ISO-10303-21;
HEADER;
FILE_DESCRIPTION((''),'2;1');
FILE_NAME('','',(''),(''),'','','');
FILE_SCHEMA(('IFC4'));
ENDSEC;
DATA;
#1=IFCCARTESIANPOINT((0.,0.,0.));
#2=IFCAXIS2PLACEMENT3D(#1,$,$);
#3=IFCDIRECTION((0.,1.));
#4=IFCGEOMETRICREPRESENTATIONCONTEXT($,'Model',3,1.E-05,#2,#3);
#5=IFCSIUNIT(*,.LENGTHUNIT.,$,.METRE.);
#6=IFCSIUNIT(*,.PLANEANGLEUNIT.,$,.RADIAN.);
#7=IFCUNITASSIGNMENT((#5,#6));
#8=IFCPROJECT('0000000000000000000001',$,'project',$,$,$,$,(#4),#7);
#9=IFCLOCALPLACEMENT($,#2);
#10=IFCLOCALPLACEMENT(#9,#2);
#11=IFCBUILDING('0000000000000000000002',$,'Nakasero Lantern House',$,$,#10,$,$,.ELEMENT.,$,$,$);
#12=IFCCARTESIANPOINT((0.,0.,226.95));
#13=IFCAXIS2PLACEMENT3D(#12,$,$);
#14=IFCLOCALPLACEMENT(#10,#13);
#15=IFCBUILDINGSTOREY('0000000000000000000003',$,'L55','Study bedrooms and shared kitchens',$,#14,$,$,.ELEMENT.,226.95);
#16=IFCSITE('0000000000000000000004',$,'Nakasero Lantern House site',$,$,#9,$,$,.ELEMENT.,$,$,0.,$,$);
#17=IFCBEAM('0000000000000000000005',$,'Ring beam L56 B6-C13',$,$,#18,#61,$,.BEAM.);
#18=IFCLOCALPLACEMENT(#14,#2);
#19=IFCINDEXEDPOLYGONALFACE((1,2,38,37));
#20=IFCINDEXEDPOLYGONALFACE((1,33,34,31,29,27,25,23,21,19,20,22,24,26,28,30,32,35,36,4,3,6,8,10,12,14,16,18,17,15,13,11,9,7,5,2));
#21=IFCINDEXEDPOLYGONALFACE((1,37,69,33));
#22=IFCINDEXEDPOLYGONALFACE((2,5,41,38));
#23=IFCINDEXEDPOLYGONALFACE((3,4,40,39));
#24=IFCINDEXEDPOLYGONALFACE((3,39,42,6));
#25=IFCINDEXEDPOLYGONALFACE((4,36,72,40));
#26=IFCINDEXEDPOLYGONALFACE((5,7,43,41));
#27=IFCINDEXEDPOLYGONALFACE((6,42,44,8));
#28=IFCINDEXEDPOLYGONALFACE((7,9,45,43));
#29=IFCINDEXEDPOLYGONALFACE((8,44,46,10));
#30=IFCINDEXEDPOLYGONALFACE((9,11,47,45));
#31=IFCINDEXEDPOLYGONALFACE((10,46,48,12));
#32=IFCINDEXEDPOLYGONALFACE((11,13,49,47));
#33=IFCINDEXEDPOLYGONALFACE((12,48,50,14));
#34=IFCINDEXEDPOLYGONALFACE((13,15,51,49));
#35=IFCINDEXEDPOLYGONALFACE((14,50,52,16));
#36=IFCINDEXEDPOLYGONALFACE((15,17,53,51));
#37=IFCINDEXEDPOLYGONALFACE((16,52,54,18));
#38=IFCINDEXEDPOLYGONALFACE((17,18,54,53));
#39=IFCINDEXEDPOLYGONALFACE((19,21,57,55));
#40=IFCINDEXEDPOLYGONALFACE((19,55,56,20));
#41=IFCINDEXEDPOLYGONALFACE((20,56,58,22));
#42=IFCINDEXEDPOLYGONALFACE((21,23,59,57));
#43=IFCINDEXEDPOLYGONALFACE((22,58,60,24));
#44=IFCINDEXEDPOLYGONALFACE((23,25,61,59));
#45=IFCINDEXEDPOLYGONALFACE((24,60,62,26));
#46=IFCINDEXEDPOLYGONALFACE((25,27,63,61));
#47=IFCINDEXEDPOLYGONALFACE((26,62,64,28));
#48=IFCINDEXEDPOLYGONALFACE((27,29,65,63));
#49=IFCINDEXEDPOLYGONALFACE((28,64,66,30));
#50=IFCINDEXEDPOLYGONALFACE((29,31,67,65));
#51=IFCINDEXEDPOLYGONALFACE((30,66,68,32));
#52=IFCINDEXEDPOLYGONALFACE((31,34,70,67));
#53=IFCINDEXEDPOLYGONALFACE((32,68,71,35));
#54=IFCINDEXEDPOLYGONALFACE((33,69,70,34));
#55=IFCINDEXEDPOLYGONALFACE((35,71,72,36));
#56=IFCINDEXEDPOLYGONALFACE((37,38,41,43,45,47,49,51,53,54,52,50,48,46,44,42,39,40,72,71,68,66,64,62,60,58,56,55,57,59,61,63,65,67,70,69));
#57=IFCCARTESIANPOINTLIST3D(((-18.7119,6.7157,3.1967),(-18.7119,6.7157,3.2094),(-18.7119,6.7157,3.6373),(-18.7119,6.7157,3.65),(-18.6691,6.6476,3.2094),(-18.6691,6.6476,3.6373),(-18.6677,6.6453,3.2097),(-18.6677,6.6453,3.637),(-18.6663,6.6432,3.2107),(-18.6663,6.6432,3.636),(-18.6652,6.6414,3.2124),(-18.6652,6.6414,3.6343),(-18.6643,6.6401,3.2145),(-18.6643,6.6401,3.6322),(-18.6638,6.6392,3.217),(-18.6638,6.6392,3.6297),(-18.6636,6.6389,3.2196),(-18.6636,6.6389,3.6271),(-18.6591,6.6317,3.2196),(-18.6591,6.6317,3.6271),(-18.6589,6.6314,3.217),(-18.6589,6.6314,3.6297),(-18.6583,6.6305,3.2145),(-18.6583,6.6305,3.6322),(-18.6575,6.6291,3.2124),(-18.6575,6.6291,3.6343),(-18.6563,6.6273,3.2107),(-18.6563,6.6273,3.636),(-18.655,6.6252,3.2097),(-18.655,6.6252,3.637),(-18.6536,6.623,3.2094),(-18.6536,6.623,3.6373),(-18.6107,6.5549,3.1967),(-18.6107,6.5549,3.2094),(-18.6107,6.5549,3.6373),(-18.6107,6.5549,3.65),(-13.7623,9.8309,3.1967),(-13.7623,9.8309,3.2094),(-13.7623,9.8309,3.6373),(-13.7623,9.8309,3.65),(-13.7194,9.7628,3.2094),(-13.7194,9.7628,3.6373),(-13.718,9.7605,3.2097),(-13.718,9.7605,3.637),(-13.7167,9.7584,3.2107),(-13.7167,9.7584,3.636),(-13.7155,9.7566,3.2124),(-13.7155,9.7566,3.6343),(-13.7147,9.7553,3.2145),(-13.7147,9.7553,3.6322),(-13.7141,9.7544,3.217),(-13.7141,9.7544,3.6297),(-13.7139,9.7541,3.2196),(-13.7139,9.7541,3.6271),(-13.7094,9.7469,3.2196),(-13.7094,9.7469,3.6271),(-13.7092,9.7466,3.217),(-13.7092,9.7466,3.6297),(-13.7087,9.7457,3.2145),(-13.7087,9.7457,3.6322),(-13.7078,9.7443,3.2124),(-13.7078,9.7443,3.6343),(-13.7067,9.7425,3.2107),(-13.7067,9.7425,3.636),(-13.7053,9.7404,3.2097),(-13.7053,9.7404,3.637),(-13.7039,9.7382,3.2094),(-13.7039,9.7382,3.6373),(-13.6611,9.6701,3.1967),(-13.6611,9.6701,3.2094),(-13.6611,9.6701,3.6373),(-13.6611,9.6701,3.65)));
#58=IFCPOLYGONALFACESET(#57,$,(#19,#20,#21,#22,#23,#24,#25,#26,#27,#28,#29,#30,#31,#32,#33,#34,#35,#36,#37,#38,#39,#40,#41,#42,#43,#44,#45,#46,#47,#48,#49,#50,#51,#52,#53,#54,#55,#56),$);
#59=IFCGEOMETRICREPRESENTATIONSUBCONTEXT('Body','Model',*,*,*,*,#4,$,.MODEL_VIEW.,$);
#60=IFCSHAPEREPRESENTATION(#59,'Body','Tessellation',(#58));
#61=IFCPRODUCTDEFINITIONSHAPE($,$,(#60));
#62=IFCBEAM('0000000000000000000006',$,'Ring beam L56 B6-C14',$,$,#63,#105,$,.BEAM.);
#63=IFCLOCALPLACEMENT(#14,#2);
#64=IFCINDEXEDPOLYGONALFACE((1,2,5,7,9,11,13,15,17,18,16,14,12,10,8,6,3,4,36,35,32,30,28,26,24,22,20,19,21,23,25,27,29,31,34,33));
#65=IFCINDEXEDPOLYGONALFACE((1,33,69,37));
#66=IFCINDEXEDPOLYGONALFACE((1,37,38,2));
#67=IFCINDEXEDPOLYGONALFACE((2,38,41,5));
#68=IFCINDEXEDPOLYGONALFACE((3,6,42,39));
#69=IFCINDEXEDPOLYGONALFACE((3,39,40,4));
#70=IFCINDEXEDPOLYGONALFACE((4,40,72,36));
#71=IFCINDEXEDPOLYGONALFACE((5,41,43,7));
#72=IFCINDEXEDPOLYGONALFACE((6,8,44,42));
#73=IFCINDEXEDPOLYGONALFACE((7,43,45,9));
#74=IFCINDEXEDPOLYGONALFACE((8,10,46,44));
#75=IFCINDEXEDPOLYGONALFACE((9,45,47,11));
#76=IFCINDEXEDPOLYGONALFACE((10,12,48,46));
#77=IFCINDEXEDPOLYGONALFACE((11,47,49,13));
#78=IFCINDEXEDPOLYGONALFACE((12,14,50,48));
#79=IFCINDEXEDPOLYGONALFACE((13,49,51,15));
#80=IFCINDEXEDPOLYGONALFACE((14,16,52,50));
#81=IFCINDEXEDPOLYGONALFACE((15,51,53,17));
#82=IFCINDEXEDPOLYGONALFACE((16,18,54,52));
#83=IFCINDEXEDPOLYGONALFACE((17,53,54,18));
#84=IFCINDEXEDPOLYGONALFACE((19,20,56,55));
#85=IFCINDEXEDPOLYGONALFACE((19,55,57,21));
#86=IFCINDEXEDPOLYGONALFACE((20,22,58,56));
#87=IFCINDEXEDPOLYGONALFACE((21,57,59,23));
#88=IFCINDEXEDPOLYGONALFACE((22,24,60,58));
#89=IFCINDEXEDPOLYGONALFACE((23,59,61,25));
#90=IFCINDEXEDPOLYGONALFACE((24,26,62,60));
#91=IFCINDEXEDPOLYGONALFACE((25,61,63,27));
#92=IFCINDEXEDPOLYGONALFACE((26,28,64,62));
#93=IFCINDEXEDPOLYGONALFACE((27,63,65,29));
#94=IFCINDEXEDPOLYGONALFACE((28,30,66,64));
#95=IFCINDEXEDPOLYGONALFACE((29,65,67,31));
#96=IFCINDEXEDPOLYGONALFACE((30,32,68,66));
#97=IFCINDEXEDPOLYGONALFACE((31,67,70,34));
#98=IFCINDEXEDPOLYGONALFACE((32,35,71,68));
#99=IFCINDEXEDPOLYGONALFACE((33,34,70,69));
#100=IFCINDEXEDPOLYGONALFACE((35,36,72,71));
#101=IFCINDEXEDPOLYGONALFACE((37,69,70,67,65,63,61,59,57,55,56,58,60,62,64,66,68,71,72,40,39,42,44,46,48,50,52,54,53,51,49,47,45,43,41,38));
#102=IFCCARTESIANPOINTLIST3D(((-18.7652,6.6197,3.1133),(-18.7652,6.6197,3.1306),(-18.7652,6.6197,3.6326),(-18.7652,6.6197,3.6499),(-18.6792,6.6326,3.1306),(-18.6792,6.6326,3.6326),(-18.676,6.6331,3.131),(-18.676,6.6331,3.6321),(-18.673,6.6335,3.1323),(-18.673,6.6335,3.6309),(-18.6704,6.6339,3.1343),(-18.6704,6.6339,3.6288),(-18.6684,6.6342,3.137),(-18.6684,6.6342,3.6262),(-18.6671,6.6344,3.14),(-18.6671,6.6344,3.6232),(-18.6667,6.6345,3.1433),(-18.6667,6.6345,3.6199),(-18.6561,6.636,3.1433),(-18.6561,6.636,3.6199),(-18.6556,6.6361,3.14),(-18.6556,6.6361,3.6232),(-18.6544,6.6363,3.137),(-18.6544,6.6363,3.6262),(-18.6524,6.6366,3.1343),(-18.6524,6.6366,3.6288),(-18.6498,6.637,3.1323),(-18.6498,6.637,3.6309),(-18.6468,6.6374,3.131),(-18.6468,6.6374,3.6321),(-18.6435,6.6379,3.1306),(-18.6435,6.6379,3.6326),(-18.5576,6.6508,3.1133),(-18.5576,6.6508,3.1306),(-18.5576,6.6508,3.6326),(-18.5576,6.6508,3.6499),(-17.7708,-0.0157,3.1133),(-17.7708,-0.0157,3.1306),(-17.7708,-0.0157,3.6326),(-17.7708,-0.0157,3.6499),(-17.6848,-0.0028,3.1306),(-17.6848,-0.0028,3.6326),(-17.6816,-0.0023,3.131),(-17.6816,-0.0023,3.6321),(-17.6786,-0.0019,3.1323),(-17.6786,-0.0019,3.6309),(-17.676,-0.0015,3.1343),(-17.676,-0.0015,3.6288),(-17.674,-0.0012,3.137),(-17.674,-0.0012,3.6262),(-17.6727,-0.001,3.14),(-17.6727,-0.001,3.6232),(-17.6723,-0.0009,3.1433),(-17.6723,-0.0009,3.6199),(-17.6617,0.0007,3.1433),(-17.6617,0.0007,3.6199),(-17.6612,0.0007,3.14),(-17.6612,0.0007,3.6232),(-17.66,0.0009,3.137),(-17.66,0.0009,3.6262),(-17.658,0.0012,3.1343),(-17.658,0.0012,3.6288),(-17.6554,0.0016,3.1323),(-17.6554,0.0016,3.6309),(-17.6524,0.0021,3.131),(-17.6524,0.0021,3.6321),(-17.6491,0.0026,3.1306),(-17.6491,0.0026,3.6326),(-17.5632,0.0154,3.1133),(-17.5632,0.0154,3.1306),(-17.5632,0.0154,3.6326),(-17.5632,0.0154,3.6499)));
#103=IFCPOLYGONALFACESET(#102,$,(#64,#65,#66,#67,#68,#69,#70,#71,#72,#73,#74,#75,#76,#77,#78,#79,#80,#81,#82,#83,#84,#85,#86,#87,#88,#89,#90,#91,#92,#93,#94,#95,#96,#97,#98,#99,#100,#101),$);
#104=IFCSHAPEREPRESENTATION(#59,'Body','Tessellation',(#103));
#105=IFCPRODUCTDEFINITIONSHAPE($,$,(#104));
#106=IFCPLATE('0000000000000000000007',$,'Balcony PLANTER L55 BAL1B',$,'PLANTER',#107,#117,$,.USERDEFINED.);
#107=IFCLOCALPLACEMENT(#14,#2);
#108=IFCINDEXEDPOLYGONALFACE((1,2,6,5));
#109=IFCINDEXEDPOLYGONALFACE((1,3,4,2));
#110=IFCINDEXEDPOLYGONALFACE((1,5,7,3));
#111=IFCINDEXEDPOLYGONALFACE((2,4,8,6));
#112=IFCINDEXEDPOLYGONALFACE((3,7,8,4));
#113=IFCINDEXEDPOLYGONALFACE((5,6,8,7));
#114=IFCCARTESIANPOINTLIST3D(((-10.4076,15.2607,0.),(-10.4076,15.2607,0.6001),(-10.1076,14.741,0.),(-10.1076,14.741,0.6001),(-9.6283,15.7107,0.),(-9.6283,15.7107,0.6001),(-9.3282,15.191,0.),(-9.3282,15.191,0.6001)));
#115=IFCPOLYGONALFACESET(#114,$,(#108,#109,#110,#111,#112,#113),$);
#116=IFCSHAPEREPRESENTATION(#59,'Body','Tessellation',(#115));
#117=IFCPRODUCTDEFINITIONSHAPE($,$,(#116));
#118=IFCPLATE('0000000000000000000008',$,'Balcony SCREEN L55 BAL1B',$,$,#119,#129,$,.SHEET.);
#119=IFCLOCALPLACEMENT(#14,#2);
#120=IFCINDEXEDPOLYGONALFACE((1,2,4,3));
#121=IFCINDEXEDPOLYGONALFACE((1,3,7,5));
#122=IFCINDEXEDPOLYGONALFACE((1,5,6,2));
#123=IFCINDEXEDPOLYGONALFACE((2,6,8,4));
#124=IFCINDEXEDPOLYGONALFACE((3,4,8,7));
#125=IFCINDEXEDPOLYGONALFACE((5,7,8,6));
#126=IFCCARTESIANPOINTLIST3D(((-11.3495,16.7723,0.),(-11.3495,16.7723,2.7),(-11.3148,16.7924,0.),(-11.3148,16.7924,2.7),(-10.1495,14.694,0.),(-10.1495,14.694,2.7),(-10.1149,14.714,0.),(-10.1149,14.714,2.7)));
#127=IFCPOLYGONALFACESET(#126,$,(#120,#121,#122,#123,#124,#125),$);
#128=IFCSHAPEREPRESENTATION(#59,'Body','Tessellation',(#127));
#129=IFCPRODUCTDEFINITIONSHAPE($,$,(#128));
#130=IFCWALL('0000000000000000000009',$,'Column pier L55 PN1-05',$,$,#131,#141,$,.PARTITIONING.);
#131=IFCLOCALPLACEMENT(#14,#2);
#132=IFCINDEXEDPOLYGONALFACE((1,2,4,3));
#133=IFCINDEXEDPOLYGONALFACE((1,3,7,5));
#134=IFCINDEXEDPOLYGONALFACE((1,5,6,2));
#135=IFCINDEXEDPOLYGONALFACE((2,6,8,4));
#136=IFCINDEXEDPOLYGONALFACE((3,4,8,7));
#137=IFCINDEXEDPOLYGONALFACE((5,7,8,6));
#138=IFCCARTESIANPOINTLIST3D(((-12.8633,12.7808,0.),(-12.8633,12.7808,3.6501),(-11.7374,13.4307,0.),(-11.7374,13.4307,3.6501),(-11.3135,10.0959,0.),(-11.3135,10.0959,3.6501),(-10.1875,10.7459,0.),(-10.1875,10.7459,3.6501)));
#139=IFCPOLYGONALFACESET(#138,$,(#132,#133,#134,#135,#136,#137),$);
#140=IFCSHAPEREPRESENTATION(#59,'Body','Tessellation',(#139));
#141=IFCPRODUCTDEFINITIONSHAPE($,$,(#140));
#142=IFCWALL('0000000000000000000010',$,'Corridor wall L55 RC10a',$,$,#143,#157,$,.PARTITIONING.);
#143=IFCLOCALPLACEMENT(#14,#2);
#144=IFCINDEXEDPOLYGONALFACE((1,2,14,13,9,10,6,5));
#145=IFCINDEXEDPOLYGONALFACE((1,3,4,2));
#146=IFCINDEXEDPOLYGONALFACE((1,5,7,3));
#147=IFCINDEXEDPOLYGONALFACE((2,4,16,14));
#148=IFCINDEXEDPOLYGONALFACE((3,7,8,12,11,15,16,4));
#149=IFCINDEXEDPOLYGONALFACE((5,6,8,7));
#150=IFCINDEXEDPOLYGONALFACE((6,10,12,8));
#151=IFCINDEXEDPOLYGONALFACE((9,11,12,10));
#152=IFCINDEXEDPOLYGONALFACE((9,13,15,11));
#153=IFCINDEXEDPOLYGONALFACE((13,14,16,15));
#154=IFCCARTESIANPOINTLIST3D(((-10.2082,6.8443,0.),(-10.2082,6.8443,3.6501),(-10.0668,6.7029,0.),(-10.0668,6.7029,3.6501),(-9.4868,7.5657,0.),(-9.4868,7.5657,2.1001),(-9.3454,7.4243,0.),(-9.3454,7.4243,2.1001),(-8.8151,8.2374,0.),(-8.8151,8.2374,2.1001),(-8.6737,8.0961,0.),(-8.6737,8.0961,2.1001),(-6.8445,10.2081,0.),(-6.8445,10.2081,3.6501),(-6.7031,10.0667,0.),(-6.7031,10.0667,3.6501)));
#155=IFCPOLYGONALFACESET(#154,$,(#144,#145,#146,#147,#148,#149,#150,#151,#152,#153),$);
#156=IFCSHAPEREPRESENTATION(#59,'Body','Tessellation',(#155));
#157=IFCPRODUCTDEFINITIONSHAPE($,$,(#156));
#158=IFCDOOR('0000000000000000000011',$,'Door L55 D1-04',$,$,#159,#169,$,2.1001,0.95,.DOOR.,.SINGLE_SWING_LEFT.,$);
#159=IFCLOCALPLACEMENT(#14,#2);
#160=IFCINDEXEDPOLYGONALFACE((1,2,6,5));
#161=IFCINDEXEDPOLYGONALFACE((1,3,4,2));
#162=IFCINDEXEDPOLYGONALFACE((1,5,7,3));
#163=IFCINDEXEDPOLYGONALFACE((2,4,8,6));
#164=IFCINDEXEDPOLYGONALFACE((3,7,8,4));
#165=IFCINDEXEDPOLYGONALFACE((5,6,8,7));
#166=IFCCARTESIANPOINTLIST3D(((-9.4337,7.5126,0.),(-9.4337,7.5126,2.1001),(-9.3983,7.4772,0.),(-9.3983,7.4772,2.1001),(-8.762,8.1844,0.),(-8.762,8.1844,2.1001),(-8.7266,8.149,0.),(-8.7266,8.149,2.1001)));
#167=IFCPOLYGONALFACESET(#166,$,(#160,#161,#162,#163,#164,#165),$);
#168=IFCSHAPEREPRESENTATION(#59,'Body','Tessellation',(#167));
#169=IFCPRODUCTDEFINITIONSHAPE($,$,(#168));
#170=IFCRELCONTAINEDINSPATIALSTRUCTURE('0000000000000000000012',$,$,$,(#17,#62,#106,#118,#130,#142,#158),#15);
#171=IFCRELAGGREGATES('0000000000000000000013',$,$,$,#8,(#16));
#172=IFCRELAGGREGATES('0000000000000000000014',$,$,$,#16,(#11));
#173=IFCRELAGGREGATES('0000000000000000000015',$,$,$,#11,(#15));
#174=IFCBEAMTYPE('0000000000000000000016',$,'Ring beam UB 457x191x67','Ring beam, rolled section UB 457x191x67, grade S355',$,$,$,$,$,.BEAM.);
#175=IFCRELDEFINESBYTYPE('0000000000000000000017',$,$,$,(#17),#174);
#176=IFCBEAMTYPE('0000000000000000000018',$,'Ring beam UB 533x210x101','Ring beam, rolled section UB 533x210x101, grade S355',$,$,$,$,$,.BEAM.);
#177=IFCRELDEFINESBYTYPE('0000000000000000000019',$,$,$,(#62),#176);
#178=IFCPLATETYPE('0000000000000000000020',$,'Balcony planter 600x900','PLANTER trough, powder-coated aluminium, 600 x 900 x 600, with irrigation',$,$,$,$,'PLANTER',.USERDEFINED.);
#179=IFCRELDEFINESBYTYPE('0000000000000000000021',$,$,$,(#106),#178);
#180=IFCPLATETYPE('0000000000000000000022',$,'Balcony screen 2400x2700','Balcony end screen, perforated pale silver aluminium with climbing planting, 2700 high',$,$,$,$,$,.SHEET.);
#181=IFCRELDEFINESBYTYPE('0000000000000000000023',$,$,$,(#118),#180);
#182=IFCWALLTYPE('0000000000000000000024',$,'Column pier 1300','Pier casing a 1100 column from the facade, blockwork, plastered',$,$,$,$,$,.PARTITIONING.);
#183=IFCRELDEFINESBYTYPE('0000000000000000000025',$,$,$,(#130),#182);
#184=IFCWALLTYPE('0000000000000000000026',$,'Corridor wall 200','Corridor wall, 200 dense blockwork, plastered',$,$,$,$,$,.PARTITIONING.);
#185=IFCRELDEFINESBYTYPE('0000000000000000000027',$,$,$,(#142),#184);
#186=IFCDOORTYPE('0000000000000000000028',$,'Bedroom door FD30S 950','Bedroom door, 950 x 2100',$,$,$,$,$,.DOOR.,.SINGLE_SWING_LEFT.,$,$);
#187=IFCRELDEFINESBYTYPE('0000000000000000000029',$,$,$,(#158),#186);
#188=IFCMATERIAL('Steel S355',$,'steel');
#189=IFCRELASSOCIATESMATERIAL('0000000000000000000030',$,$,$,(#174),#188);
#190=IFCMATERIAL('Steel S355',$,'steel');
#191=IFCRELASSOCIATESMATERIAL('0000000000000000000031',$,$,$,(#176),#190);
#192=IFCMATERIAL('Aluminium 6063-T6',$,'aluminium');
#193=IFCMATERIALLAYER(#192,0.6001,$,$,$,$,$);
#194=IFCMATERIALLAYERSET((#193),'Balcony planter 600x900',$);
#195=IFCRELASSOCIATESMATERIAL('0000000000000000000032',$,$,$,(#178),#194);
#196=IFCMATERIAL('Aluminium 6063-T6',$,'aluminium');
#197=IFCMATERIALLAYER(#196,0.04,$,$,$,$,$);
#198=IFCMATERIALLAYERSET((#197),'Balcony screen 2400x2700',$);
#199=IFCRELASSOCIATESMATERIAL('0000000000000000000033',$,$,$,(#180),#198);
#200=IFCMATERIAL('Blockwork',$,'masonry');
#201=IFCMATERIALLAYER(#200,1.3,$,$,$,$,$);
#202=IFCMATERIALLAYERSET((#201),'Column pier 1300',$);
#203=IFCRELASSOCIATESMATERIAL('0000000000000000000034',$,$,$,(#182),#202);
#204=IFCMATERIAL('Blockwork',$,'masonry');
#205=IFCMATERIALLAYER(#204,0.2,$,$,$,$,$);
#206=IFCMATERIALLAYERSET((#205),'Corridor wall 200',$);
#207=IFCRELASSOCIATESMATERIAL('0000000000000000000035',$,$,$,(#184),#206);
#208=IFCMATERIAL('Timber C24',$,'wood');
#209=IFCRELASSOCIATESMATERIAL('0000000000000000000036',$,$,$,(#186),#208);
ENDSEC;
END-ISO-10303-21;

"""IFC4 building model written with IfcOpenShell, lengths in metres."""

from ifc_helpers import new_model, si_unit, direction, frame, frame_2d, origin, origin_2d, place, context, subcontext, project, spatial, rectangle, i_section, extrude, material, layer, layer_set, material_profile, profile_set, type_object, element, fill, save


model = new_model("IFC4")

# Units and contexts
model_context = context("Model", 3, precision=1e-05, world=origin(), true_north=direction((0.0, 1.0)))
body_context = subcontext(model_context, "Body", "Model", "MODEL_VIEW")
ifc_project = project(units=[si_unit("LENGTHUNIT", "METRE"), si_unit("PLANEANGLEUNIT", "RADIAN")], contexts=[model_context])

# Site, building, storey
site_placement = place(None, origin())
site = spatial("IfcSite", under=ifc_project, at=site_placement, Name="Nakasero Lantern House site", CompositionType="ELEMENT", RefElevation=0.0)
building_placement = place(site_placement, origin())
building = spatial("IfcBuilding", under=site, at=building_placement, Name="Nakasero Lantern House", CompositionType="ELEMENT")
storey_placement = place(building_placement, frame((0.0, 0.0, 226.95)))
storey = spatial("IfcBuildingStorey", under=building, at=storey_placement, Name="L55", Description="Study bedrooms and shared kitchens", CompositionType="ELEMENT", Elevation=226.95)

# Beams
ifc_material_1 = material(Name="Steel S355", Category="steel")
ifc_material_profile_1 = material_profile(ifc_material_1, i_section(OverallWidth=0.1899, OverallDepth=0.4534, WebThickness=0.0085, FlangeThickness=0.0127, FilletRadius=0.0103, at=origin_2d()), Name="UB 457x191x67")
ifc_profile_set_1 = profile_set([ifc_material_profile_1], Name="Steel S355")
beam_type_1 = type_object("IfcBeamType", Name="Ring beam UB 457x191x67", Description="Ring beam, rolled section UB 457x191x67, grade S355", PredefinedType="BEAM", material=ifc_profile_set_1)
beam_1_placement = place(storey_placement, frame((-13.7117, 9.7505, 3.4233), z_axis=(-0.846329, -0.53266, 0.0), x_axis=(0.53266, -0.846329, 0.0)))
element("IfcBeam", 1, at=beam_1_placement, inside=storey, type_object=beam_type_1, Name="Ring beam L56 B6-C13", PredefinedType="BEAM", context=body_context, shape_type="SweptSolid", body=[
    extrude(i_section(OverallWidth=0.1899, OverallDepth=0.4534, WebThickness=0.0085, FlangeThickness=0.0127, FilletRadius=0.0103, at=origin_2d()), origin(), (0.0, 0.0, 1.0), 5.8484),
])
ifc_material_2 = material(Name="Steel S355", Category="steel")
ifc_material_profile_2 = material_profile(ifc_material_2, i_section(OverallWidth=0.21, OverallDepth=0.5366, WebThickness=0.0107, FlangeThickness=0.0173, FilletRadius=0.0127, at=origin_2d()), Name="UB 533x210x101")
ifc_profile_set_2 = profile_set([ifc_material_profile_2], Name="Steel S355")
beam_type_2 = type_object("IfcBeamType", Name="Ring beam UB 533x210x101", Description="Ring beam, rolled section UB 533x210x101, grade S355", PredefinedType="BEAM", material=ifc_profile_set_2)
beam_2_placement = place(storey_placement, frame((-18.6614, 6.6353, 3.3816), z_axis=(0.148209, -0.988956, 0.0), x_axis=(0.988956, 0.148209, 0.0)))
element("IfcBeam", 2, at=beam_2_placement, inside=storey, type_object=beam_type_2, Name="Ring beam L56 B6-C14", PredefinedType="BEAM", context=body_context, shape_type="SweptSolid", body=[
    extrude(i_section(OverallWidth=0.21, OverallDepth=0.5366, WebThickness=0.0107, FlangeThickness=0.0173, FilletRadius=0.0127, at=origin_2d()), origin(), (0.0, 0.0, 1.0), 6.7095),
])

# Plates
ifc_material_3 = material(Name="Aluminium 6063-T6", Category="aluminium")
ifc_layer_1 = layer(ifc_material_3, 0.6001)
ifc_layer_set_1 = layer_set([ifc_layer_1], Name="Balcony planter 600x900")
plate_type_1 = type_object("IfcPlateType", Name="Balcony planter 600x900", Description="PLANTER trough, powder-coated aluminium, 600 x 900 x 600, with irrigation", ElementType="PLANTER", PredefinedType="USERDEFINED", material=ifc_layer_set_1)
plate_1_placement = place(storey_placement, frame((-9.8679, 15.2258, 0.0), z_axis=(0.0, 0.0, 1.0), x_axis=(-0.5, 0.866025, 0.0)))
element("IfcPlate", 3, at=plate_1_placement, inside=storey, type_object=plate_type_1, Name="Balcony PLANTER L55 BAL1B", ObjectType="PLANTER", PredefinedType="USERDEFINED", context=body_context, shape_type="SweptSolid", body=[
    extrude(rectangle(XDim=0.6001, YDim=0.8999, at=origin_2d()), origin(), (0.0, 0.0, 1.0), 0.6001),
])
ifc_material_4 = material(Name="Aluminium 6063-T6", Category="aluminium")
ifc_layer_2 = layer(ifc_material_4, 0.04)
ifc_layer_set_2 = layer_set([ifc_layer_2], Name="Balcony screen 2400x2700")
plate_type_2 = type_object("IfcPlateType", Name="Balcony screen 2400x2700", Description="Balcony end screen, perforated pale silver aluminium with climbing planting, 2700 high", PredefinedType="SHEET", material=ifc_layer_set_2)
plate_2_placement = place(storey_placement, frame((-10.7322, 15.7432, 0.0), z_axis=(0.0, 0.0, 1.0), x_axis=(-0.5, 0.866025, 0.0)))
element("IfcPlate", 4, at=plate_2_placement, inside=storey, type_object=plate_type_2, Name="Balcony SCREEN L55 BAL1B", PredefinedType="SHEET", context=body_context, shape_type="SweptSolid", body=[
    extrude(rectangle(XDim=2.3999, YDim=0.04, at=origin_2d()), origin(), (0.0, 0.0, 1.0), 2.7),
])

# Wall
ifc_material_5 = material(Name="Blockwork", Category="masonry")
ifc_layer_3 = layer(ifc_material_5, 1.3)
ifc_layer_set_3 = layer_set([ifc_layer_3], Name="Column pier 1300")
wall_type_1 = type_object("IfcWallType", Name="Column pier 1300", Description="Pier casing a 1100 column from the facade, blockwork, plastered", PredefinedType="PARTITIONING", material=ifc_layer_set_3)
wall_1_placement = place(storey_placement, frame((-10.7505, 10.4209, 0.0), z_axis=(0.0, 0.0, 1.0), x_axis=(-0.499934, 0.866064, 0.0)))
element("IfcWall", 5, at=wall_1_placement, inside=storey, type_object=wall_type_1, Name="Column pier L55 PN1-05", PredefinedType="PARTITIONING", context=body_context, shape_type="SweptSolid", body=[
    extrude(rectangle(XDim=3.1001, YDim=1.3, at=frame_2d((1.55, 0.0))), origin(), (0.0, 0.0, 1.0), 3.6501),
])

# Wall, opening, door
ifc_material_6 = material(Name="Blockwork", Category="masonry")
ifc_layer_4 = layer(ifc_material_6, 0.2)
ifc_layer_set_4 = layer_set([ifc_layer_4], Name="Corridor wall 200")
wall_type_2 = type_object("IfcWallType", Name="Corridor wall 200", Description="Corridor wall, 200 dense blockwork, plastered", PredefinedType="PARTITIONING", material=ifc_layer_set_4)
wall_2_placement = place(storey_placement, frame((-10.1375, 6.7737, 0.0), z_axis=(0.0, 0.0, 1.0), x_axis=(0.707107, 0.707107, 0.0)))
wall_2 = element("IfcWall", 6, at=wall_2_placement, inside=storey, type_object=wall_type_2, Name="Corridor wall L55 RC10a", PredefinedType="PARTITIONING", context=body_context, shape_type="SweptSolid", body=[
    extrude(rectangle(XDim=4.7571, YDim=0.2, at=frame_2d((2.3784, 0.0))), origin(), (0.0, 0.0, 1.0), 3.6501),
])
opening_1_placement = place(wall_2_placement, frame((1.02, 0.0, 0.0)))
opening_1 = element("IfcOpeningElement", 7, at=opening_1_placement, cuts=wall_2, PredefinedType="OPENING", context=body_context, shape_type="SweptSolid", body=[
    extrude(rectangle(XDim=0.95, YDim=2.1001, at=frame_2d((0.4751, 1.05))), frame((0.0, 0.1199, 0.0), z_axis=(0.0, -1.0, 0.0), x_axis=(1.0, 0.0, 0.0)), (0.0, 0.0, 1.0), 0.24),
])
ifc_material_7 = material(Name="Timber C24", Category="wood")
door_type_1 = type_object("IfcDoorType", Name="Bedroom door FD30S 950", Description="Bedroom door, 950 x 2100", OperationType="SINGLE_SWING_LEFT", PredefinedType="DOOR", material=ifc_material_7)
door_1_placement = place(opening_1_placement, origin())
door_1 = element("IfcDoor", 8, at=door_1_placement, inside=storey, type_object=door_type_1, Name="Door L55 D1-04", OperationType="SINGLE_SWING_LEFT", OverallHeight=2.1001, OverallWidth=0.95, PredefinedType="DOOR", context=body_context, shape_type="SweptSolid", body=[
    extrude(rectangle(XDim=0.95, YDim=2.1001, at=frame_2d((0.4751, 1.05))), frame((0.0, 0.0249, 0.0), z_axis=(0.0, -1.0, 0.0), x_axis=(1.0, 0.0, 0.0)), (0.0, 0.0, 1.0), 0.05),
])
fill(opening_1, door_1)

save(model, "model.ifc")
